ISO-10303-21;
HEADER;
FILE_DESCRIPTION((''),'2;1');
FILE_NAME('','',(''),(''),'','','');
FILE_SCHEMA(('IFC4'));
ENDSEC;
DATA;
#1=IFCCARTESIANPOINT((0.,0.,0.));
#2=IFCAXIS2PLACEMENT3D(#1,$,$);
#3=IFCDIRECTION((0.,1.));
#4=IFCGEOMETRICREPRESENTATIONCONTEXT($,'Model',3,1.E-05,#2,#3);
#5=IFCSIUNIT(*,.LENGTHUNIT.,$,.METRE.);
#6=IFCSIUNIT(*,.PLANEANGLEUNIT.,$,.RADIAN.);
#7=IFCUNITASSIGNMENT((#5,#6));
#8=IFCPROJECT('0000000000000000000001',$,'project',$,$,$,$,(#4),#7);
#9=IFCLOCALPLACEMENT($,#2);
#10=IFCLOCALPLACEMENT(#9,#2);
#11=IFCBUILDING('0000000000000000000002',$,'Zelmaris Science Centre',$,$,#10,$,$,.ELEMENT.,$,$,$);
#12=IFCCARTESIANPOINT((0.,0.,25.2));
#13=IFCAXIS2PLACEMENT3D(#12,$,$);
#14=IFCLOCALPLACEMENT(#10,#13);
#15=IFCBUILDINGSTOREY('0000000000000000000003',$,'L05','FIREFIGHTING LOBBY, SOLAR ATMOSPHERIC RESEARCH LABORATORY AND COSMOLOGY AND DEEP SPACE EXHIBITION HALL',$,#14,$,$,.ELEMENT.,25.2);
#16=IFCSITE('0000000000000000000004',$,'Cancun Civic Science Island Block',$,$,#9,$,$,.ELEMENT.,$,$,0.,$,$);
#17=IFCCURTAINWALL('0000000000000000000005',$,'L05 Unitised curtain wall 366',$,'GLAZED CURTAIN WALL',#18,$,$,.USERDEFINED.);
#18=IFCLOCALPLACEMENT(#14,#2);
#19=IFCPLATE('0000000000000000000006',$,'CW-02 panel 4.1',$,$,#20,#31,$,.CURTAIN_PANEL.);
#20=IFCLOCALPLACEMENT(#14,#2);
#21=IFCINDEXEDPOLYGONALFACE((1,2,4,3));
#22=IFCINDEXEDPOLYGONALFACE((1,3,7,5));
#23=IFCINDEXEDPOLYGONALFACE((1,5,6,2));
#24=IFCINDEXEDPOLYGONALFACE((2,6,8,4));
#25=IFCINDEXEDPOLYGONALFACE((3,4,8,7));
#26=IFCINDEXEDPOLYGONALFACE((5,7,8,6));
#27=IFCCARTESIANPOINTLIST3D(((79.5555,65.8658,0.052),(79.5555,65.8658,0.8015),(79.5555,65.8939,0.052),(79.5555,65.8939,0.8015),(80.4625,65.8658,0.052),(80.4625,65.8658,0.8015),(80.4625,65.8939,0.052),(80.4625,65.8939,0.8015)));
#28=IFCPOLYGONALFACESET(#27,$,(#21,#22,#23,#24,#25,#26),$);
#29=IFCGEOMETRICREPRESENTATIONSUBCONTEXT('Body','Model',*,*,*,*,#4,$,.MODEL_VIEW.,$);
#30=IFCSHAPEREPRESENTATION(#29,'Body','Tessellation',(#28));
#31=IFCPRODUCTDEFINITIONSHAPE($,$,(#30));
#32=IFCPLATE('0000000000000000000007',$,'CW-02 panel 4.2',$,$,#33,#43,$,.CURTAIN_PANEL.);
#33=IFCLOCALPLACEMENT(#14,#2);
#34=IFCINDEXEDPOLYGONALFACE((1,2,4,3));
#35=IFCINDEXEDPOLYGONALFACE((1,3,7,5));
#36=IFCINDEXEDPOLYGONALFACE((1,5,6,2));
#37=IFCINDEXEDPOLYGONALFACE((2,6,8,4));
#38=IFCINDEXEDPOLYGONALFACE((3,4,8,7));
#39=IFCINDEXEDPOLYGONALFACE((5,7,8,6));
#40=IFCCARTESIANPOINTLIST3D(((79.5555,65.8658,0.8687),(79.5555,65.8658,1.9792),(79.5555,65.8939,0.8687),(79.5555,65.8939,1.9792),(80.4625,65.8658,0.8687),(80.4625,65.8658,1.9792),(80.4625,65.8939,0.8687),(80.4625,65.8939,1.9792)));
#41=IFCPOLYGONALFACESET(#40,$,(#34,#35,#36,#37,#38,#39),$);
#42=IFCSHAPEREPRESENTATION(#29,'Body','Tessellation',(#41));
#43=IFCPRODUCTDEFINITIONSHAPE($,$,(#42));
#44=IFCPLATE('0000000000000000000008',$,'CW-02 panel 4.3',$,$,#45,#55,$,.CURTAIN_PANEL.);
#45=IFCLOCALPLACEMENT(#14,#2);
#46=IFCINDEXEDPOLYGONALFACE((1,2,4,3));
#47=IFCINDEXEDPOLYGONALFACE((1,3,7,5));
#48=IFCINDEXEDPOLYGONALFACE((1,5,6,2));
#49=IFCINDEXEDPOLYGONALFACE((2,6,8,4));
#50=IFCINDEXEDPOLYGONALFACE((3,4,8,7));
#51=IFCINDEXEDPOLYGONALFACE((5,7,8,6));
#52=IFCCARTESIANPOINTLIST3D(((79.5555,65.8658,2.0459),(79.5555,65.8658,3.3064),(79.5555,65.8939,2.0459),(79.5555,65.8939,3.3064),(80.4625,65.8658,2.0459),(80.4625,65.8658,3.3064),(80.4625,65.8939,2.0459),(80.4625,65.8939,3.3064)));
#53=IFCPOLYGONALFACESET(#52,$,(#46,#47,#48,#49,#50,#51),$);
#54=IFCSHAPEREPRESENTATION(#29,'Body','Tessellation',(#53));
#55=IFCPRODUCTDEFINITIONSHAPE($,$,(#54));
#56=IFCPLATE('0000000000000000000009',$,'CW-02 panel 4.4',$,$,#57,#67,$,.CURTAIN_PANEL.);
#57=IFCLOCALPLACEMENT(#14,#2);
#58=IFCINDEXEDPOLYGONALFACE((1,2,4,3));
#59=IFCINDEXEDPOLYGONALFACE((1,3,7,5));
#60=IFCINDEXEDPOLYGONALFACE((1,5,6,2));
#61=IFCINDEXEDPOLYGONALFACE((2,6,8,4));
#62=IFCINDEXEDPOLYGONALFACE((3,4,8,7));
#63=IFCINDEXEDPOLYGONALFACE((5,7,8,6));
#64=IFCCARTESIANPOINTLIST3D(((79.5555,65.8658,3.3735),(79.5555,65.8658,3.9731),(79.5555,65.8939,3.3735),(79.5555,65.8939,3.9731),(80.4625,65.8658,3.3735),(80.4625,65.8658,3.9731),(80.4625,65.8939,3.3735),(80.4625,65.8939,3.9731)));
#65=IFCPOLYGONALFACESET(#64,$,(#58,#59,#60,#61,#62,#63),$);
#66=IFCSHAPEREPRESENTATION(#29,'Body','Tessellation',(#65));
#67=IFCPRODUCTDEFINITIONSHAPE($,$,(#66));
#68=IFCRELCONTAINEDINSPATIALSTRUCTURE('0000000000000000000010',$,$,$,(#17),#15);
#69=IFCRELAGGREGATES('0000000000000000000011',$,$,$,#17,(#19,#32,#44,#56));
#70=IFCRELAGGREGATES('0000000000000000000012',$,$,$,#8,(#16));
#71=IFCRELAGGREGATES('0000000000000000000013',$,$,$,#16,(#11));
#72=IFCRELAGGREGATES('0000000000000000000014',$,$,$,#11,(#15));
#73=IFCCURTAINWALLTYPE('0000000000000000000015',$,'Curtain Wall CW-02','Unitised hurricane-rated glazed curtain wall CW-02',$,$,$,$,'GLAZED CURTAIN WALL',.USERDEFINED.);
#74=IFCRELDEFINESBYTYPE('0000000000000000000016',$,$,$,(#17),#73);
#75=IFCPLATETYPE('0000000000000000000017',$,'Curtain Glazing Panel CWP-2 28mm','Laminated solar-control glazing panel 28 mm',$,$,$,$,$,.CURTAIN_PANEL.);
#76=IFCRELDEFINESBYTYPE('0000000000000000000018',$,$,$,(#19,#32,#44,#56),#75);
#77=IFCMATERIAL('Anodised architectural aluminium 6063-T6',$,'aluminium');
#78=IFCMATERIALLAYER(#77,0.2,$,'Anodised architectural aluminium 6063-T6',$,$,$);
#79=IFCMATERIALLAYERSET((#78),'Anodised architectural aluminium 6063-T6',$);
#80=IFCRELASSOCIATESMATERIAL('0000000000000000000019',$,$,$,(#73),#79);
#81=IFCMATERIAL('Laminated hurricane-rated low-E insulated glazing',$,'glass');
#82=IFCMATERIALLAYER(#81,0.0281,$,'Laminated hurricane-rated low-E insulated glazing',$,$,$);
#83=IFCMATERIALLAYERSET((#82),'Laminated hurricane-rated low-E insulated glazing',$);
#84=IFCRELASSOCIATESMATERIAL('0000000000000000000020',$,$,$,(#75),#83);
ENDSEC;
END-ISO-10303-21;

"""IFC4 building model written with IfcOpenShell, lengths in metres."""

from ifc_helpers import new_model, si_unit, direction, frame, origin, origin_2d, place, context, subcontext, project, spatial, rectangle, extrude, material, layer, layer_set, type_object, element, aggregate, save


model = new_model("IFC4")

# Units and contexts
model_context = context("Model", 3, precision=1e-05, world=origin(), true_north=direction((0.0, 1.0)))
body_context = subcontext(model_context, "Body", "Model", "MODEL_VIEW")
ifc_project = project(units=[si_unit("LENGTHUNIT", "METRE"), si_unit("PLANEANGLEUNIT", "RADIAN")], contexts=[model_context])

# Site, building, storey
site_placement = place(None, origin())
site = spatial("IfcSite", under=ifc_project, at=site_placement, Name="Cancun Civic Science Island Block", CompositionType="ELEMENT", RefElevation=0.0)
building_placement = place(site_placement, origin())
building = spatial("IfcBuilding", under=site, at=building_placement, Name="Zelmaris Science Centre", CompositionType="ELEMENT")
storey_placement = place(building_placement, frame((0.0, 0.0, 25.2)))
storey = spatial("IfcBuildingStorey", under=building, at=storey_placement, Name="L05", Description="FIREFIGHTING LOBBY, SOLAR ATMOSPHERIC RESEARCH LABORATORY AND COSMOLOGY AND DEEP SPACE EXHIBITION HALL", CompositionType="ELEMENT", Elevation=25.2)

# Curtain wall, plates
ifc_material_1 = material(Name="Anodised architectural aluminium 6063-T6", Category="aluminium")
ifc_layer_1 = layer(ifc_material_1, 0.2, Name="Anodised architectural aluminium 6063-T6")
ifc_layer_set_1 = layer_set([ifc_layer_1], Name="Anodised architectural aluminium 6063-T6")
curtain_wall_type = type_object("IfcCurtainWallType", Name="Curtain Wall CW-02", Description="Unitised hurricane-rated glazed curtain wall CW-02", ElementType="GLAZED CURTAIN WALL", PredefinedType="USERDEFINED", material=ifc_layer_set_1)
curtain_wall_placement = place(storey_placement, origin())
curtain_wall = element("IfcCurtainWall", 1, at=curtain_wall_placement, inside=storey, type_object=curtain_wall_type, Name="L05 Unitised curtain wall 366", ObjectType="GLAZED CURTAIN WALL", PredefinedType="USERDEFINED")
ifc_material_2 = material(Name="Laminated hurricane-rated low-E insulated glazing", Category="glass")
ifc_layer_2 = layer(ifc_material_2, 0.0281, Name="Laminated hurricane-rated low-E insulated glazing")
ifc_layer_set_2 = layer_set([ifc_layer_2], Name="Laminated hurricane-rated low-E insulated glazing")
plate_type = type_object("IfcPlateType", Name="Curtain Glazing Panel CWP-2 28mm", Description="Laminated solar-control glazing panel 28 mm", PredefinedType="CURTAIN_PANEL", material=ifc_layer_set_2)
plate_1_placement = place(storey_placement, frame((80.009, 65.8799, 0.052), z_axis=(0.0, 0.0, 1.0), x_axis=(1.0, 0.0, 0.0)))
plate_1 = element("IfcPlate", 2, at=plate_1_placement, type_object=plate_type, Name="CW-02 panel 4.1", PredefinedType="CURTAIN_PANEL", context=body_context, shape_type="SweptSolid", body=[
    extrude(rectangle(XDim=0.907, YDim=0.0281, at=origin_2d()), origin(), (0.0, 0.0, 1.0), 0.7495),
])
plate_2_placement = place(storey_placement, frame((80.009, 65.8799, 0.8687), z_axis=(0.0, 0.0, 1.0), x_axis=(1.0, 0.0, 0.0)))
plate_2 = element("IfcPlate", 3, at=plate_2_placement, type_object=plate_type, Name="CW-02 panel 4.2", PredefinedType="CURTAIN_PANEL", context=body_context, shape_type="SweptSolid", body=[
    extrude(rectangle(XDim=0.907, YDim=0.0281, at=origin_2d()), origin(), (0.0, 0.0, 1.0), 1.1106),
])
plate_3_placement = place(storey_placement, frame((80.009, 65.8799, 2.0459), z_axis=(0.0, 0.0, 1.0), x_axis=(1.0, 0.0, 0.0)))
plate_3 = element("IfcPlate", 4, at=plate_3_placement, type_object=plate_type, Name="CW-02 panel 4.3", PredefinedType="CURTAIN_PANEL", context=body_context, shape_type="SweptSolid", body=[
    extrude(rectangle(XDim=0.907, YDim=0.0281, at=origin_2d()), origin(), (0.0, 0.0, 1.0), 1.2605),
])
plate_4_placement = place(storey_placement, frame((80.009, 65.8799, 3.3735), z_axis=(0.0, 0.0, 1.0), x_axis=(1.0, 0.0, 0.0)))
plate_4 = element("IfcPlate", 5, at=plate_4_placement, type_object=plate_type, Name="CW-02 panel 4.4", PredefinedType="CURTAIN_PANEL", context=body_context, shape_type="SweptSolid", body=[
    extrude(rectangle(XDim=0.907, YDim=0.0281, at=origin_2d()), origin(), (0.0, 0.0, 1.0), 0.5996),
])
aggregate(curtain_wall, [plate_1, plate_2, plate_3, plate_4])

save(model, "model.ifc")
